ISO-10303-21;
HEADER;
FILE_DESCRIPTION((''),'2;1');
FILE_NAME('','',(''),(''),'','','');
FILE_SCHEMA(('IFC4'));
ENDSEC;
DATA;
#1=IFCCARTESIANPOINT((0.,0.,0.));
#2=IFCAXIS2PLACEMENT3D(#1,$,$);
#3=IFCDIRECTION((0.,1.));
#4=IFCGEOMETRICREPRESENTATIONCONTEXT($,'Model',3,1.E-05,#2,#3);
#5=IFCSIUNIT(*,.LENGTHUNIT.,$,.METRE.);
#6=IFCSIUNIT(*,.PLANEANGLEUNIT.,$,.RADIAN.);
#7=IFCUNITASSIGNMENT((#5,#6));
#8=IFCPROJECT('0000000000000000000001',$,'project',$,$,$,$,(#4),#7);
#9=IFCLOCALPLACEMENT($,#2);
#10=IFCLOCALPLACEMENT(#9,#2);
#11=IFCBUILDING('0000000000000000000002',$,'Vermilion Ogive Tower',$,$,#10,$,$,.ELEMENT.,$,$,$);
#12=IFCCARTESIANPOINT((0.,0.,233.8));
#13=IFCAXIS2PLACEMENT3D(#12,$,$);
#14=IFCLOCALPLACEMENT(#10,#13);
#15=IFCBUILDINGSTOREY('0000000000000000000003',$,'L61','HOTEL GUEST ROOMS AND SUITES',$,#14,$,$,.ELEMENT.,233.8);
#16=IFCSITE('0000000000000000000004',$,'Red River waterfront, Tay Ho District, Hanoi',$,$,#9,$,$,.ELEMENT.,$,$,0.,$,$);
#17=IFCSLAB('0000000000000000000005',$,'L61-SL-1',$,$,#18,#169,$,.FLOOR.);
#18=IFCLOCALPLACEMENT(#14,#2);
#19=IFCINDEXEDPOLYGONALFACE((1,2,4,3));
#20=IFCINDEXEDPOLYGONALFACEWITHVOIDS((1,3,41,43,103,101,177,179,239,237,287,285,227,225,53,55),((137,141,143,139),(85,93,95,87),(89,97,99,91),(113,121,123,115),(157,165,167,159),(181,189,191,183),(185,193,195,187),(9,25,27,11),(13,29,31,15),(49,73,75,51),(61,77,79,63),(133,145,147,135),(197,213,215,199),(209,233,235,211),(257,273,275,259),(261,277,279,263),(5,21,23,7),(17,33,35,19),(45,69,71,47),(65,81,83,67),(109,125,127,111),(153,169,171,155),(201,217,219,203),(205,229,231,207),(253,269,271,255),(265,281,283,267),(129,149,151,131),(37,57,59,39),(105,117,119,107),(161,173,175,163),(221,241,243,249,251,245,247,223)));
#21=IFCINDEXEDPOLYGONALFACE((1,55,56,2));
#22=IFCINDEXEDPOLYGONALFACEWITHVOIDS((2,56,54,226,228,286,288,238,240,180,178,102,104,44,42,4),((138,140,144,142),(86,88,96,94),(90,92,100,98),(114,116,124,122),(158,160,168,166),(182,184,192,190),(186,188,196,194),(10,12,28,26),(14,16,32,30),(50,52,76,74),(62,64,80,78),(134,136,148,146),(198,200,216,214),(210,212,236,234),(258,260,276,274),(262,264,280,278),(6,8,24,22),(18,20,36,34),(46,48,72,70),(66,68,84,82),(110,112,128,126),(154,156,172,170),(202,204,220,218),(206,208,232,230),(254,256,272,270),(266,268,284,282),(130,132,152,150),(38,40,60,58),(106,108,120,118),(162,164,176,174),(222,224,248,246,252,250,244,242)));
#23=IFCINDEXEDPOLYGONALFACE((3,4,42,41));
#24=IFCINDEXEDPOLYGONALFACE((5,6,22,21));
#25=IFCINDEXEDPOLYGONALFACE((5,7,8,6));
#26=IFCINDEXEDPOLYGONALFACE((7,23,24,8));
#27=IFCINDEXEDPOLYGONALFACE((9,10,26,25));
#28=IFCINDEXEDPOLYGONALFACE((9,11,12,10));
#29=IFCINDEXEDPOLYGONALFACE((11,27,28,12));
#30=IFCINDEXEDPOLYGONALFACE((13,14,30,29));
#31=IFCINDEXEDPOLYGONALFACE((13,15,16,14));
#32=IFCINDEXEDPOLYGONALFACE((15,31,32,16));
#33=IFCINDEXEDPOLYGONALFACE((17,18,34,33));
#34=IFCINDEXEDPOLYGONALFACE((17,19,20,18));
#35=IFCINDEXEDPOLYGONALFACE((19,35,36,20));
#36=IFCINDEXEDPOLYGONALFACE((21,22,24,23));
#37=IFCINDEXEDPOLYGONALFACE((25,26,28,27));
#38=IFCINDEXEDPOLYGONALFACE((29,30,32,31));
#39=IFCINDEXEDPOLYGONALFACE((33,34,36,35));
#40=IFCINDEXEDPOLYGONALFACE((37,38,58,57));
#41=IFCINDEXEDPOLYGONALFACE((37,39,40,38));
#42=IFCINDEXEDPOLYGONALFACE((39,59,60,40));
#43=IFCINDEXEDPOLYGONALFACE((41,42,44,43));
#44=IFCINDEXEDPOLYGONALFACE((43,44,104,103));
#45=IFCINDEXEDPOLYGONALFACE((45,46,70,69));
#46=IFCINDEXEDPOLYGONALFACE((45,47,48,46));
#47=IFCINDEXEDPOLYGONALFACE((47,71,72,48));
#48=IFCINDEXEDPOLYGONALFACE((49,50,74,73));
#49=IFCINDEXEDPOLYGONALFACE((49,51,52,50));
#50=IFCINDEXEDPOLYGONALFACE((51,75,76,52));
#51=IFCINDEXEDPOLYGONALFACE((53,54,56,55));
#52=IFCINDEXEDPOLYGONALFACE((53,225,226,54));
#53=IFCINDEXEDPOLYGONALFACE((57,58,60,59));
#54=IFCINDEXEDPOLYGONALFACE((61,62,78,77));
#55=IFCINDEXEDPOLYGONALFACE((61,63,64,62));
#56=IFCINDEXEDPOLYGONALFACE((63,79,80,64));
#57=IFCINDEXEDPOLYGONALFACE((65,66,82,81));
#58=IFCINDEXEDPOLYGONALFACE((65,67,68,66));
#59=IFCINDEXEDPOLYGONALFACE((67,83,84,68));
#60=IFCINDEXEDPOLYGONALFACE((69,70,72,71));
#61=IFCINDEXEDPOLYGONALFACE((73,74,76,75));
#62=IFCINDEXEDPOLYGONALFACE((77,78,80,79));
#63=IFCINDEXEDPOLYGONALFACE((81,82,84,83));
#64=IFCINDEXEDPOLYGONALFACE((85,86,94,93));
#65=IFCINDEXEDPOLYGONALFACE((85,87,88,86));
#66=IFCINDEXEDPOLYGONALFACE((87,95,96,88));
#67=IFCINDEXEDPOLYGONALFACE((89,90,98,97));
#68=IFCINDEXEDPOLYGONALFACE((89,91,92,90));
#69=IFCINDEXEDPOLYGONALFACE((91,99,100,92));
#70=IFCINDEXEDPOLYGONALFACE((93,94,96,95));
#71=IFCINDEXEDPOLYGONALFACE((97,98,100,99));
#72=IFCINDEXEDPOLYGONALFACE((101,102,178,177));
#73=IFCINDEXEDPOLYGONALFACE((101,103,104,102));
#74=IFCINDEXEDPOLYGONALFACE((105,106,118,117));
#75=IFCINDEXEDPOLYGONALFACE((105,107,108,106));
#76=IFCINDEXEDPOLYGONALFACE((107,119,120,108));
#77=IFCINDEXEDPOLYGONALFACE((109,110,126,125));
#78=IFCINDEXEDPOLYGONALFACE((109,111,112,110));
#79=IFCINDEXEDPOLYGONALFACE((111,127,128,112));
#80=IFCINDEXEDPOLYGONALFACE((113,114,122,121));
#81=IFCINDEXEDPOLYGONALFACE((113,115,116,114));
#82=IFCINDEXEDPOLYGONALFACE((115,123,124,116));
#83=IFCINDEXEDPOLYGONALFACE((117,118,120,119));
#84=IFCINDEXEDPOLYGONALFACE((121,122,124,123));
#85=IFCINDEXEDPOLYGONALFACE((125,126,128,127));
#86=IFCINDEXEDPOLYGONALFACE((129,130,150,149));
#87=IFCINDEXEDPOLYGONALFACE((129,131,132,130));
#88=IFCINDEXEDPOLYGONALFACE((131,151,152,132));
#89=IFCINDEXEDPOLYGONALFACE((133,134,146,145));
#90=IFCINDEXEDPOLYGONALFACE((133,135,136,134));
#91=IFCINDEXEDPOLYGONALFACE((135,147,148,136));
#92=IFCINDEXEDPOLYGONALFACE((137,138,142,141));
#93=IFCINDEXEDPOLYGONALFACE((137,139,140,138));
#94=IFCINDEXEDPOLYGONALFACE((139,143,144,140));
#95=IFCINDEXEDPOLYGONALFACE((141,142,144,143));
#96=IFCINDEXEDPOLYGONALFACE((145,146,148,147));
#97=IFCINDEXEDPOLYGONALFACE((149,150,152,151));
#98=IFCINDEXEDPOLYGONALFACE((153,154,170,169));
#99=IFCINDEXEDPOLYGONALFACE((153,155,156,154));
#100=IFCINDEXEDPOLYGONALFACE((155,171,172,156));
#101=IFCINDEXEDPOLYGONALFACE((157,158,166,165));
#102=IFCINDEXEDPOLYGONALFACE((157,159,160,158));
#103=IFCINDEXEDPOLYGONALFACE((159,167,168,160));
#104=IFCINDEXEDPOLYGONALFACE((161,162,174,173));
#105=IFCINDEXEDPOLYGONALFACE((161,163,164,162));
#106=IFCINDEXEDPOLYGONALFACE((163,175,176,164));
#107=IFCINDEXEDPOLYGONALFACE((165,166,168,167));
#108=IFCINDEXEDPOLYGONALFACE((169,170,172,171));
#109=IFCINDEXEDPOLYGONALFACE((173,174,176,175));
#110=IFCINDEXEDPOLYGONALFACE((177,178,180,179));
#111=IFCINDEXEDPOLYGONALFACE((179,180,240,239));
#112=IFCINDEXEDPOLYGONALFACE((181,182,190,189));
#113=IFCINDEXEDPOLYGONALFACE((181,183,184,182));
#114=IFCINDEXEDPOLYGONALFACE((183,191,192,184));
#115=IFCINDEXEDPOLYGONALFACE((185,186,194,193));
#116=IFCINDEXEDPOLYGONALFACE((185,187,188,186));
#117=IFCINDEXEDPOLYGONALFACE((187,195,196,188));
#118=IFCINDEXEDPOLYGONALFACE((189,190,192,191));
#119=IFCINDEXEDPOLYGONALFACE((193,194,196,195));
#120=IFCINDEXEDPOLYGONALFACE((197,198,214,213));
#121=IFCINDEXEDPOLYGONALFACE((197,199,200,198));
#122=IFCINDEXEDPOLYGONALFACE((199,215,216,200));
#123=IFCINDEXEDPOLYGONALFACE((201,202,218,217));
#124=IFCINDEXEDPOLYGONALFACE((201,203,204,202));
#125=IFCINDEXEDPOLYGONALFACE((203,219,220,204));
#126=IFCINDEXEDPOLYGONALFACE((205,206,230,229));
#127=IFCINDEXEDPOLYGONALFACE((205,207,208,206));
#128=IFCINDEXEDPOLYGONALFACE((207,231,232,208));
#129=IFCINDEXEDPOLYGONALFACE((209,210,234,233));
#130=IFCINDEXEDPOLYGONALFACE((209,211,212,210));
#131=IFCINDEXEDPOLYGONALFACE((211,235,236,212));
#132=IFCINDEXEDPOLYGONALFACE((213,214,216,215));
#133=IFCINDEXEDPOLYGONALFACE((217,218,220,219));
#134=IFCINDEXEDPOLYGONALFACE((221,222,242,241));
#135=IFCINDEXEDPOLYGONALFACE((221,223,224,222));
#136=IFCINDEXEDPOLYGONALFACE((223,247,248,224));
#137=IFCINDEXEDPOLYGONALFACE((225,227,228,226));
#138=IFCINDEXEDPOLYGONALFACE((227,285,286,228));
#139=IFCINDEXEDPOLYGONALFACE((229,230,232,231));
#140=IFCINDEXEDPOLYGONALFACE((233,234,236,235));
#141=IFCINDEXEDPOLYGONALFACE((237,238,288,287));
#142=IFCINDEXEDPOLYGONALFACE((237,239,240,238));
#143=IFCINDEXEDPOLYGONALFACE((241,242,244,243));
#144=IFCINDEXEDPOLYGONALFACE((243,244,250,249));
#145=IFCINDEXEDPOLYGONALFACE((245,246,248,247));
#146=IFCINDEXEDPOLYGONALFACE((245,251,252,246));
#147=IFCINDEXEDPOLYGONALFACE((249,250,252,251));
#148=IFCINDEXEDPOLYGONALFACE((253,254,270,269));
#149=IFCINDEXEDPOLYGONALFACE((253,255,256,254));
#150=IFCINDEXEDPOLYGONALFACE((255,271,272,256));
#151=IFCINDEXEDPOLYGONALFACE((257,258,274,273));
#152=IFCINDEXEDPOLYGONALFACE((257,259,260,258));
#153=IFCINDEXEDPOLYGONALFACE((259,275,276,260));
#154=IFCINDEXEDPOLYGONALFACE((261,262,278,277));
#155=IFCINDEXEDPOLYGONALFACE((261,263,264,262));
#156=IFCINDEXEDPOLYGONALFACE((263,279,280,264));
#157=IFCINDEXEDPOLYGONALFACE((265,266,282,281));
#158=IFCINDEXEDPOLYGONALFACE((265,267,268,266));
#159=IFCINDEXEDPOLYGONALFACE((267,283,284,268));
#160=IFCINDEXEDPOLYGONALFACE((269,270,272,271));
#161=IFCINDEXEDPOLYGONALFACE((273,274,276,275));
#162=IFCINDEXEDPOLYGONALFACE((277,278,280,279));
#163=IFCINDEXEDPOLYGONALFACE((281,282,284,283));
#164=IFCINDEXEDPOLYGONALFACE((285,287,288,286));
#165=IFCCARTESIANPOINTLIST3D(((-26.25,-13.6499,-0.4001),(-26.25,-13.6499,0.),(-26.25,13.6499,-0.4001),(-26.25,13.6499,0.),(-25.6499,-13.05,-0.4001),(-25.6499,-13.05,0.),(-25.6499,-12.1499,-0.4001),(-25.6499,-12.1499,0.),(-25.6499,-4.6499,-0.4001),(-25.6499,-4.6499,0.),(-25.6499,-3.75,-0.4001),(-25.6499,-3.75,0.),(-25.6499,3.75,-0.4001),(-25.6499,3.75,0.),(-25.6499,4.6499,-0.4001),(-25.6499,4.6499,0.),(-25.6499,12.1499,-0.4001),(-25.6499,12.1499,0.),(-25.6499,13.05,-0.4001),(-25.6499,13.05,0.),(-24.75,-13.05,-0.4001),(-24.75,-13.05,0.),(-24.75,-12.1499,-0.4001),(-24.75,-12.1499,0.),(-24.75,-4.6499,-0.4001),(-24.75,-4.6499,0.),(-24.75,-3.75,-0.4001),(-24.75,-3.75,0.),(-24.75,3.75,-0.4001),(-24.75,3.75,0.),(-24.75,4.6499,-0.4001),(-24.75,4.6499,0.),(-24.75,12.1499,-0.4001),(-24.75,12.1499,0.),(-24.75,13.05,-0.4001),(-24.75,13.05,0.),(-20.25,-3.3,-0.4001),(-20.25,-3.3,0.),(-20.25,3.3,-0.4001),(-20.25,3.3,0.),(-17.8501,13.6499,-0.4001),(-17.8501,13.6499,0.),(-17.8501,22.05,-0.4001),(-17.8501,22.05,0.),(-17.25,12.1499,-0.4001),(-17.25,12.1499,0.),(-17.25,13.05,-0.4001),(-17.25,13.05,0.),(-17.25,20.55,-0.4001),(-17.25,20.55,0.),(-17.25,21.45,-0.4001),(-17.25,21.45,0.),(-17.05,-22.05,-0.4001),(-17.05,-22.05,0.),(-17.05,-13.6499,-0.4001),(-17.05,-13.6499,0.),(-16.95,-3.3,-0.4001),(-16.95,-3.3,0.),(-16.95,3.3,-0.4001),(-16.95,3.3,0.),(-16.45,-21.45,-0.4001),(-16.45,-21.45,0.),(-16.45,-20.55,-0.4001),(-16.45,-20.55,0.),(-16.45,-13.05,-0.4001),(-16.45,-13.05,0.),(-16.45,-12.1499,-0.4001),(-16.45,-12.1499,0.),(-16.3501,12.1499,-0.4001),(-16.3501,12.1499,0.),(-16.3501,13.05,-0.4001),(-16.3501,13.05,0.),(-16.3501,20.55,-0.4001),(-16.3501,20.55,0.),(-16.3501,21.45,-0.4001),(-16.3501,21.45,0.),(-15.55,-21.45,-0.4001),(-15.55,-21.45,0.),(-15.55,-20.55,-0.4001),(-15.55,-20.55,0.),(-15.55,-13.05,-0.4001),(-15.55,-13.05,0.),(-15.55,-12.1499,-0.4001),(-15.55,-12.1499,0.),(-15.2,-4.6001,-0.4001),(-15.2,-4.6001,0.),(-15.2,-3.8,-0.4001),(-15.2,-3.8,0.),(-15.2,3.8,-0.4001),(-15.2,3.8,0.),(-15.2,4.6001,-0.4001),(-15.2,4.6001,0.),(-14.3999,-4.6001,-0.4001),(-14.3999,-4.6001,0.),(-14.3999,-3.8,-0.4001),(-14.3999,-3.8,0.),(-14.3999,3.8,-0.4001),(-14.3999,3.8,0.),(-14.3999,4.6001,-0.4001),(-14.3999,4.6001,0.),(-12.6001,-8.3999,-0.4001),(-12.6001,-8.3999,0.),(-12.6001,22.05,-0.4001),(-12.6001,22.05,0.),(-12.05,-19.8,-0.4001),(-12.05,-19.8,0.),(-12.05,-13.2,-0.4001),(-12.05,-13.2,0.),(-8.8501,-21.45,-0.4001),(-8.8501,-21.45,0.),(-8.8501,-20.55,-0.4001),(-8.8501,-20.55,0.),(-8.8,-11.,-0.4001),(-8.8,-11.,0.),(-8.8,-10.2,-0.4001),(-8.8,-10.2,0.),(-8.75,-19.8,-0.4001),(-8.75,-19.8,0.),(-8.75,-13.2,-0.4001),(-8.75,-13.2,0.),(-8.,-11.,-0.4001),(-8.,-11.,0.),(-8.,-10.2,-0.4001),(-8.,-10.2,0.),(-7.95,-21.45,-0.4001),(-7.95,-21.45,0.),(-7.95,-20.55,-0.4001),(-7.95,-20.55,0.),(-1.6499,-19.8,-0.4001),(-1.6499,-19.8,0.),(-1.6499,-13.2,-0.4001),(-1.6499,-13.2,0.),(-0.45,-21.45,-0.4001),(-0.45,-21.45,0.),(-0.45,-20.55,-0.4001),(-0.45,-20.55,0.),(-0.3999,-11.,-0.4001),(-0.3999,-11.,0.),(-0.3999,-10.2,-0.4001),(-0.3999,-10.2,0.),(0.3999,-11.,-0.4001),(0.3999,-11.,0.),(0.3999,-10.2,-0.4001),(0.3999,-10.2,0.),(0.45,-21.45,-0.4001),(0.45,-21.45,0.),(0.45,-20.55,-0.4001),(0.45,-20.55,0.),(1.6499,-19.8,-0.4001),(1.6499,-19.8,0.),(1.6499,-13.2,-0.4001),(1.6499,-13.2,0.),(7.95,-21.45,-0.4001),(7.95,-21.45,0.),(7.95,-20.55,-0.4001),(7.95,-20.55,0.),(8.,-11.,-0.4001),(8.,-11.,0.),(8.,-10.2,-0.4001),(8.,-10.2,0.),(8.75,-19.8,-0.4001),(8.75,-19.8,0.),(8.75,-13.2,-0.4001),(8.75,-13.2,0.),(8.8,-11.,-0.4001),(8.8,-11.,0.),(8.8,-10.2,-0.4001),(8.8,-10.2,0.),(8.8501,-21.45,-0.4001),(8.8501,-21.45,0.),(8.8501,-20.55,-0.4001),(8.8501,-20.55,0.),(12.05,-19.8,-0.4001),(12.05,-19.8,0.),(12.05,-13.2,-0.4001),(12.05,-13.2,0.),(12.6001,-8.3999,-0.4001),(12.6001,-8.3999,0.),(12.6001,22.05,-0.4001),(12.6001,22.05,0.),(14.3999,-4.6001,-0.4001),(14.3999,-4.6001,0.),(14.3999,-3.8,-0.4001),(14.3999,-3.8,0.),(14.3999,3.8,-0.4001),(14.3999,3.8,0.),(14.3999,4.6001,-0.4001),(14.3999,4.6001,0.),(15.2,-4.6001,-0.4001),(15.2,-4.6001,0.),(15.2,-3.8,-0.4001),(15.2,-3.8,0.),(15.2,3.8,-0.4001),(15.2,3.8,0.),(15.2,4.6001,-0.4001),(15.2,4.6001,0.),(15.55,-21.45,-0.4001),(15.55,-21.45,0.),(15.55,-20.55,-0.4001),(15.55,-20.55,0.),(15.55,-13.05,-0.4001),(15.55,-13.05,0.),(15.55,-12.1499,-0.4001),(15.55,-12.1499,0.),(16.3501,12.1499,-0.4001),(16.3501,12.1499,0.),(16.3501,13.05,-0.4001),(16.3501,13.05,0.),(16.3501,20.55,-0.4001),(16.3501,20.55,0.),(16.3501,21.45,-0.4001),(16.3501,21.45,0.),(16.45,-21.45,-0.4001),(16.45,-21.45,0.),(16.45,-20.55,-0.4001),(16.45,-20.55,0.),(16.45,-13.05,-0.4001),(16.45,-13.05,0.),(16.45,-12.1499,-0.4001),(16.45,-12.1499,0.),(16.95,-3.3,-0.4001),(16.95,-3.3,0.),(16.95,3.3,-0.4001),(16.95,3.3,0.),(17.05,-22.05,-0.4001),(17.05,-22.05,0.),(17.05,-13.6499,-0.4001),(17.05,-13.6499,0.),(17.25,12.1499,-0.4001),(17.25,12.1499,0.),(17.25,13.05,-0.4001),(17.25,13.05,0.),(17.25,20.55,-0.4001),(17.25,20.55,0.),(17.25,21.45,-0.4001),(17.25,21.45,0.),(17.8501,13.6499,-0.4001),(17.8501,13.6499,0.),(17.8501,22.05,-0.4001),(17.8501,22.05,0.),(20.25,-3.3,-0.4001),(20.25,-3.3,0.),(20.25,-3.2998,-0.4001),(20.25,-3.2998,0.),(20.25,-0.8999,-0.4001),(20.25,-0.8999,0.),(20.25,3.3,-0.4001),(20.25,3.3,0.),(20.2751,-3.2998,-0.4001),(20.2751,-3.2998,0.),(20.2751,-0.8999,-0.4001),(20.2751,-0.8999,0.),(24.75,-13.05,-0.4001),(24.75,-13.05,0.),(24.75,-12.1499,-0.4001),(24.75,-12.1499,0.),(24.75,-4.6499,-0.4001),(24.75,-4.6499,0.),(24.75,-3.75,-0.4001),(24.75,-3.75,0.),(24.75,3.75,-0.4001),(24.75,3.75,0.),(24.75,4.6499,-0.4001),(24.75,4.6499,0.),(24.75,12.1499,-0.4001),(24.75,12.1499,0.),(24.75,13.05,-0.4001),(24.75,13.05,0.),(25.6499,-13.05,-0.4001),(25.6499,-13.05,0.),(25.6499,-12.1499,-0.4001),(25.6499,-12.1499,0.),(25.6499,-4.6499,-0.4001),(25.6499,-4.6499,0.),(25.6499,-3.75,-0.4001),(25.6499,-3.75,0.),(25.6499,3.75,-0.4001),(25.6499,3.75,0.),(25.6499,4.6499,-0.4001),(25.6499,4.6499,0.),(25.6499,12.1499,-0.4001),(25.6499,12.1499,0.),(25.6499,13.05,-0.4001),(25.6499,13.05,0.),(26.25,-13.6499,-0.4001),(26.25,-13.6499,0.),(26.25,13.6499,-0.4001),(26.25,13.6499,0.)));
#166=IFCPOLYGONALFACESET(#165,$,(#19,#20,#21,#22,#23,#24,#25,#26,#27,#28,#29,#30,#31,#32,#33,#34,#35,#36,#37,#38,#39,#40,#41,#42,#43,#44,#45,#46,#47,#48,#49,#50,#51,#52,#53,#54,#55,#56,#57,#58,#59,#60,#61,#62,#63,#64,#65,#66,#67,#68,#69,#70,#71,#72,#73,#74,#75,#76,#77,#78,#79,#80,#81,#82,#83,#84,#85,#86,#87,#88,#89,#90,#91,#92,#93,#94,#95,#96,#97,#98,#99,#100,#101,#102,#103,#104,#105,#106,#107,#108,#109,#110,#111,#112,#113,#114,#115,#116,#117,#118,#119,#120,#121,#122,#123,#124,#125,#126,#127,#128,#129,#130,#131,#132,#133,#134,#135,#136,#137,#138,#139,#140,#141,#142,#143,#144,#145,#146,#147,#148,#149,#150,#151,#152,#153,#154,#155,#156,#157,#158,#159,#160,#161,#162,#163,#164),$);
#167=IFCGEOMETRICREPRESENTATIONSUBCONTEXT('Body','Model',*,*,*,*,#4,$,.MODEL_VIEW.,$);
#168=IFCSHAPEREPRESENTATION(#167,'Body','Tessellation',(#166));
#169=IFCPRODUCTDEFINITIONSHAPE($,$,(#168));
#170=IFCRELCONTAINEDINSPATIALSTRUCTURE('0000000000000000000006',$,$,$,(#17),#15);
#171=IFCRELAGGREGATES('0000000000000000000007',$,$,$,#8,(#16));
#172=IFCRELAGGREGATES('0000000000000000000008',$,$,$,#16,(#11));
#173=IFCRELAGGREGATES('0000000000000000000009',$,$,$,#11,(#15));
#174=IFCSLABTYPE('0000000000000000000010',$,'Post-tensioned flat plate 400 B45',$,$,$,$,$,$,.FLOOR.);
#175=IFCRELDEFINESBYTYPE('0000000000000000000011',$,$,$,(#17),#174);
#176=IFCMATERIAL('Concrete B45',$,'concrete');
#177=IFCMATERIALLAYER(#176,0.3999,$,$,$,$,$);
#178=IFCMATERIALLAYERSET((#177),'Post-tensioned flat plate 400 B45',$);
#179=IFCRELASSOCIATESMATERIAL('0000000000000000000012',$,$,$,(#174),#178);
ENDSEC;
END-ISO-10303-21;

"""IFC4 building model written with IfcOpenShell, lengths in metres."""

from ifc_helpers import new_model, si_unit, direction, frame, origin, place, context, subcontext, project, spatial, polyline, outline, extrude, material, layer, layer_set, type_object, element, save


model = new_model("IFC4")

# Units and contexts
model_context = context("Model", 3, precision=1e-05, world=origin(), true_north=direction((0.0, 1.0)))
body_context = subcontext(model_context, "Body", "Model", "MODEL_VIEW")
ifc_project = project(units=[si_unit("LENGTHUNIT", "METRE"), si_unit("PLANEANGLEUNIT", "RADIAN")], contexts=[model_context])

# Site, building, storey
site_placement = place(None, origin())
site = spatial("IfcSite", under=ifc_project, at=site_placement, Name="Red River waterfront, Tay Ho District, Hanoi", CompositionType="ELEMENT", RefElevation=0.0)
building_placement = place(site_placement, origin())
building = spatial("IfcBuilding", under=site, at=building_placement, Name="Vermilion Ogive Tower", CompositionType="ELEMENT")
storey_placement = place(building_placement, frame((0.0, 0.0, 233.8)))
storey = spatial("IfcBuildingStorey", under=building, at=storey_placement, Name="L61", Description="HOTEL GUEST ROOMS AND SUITES", CompositionType="ELEMENT", Elevation=233.8)

# Slab
ifc_material_1 = material(Name="Concrete B45", Category="concrete")
ifc_layer_1 = layer(ifc_material_1, 0.3999)
ifc_layer_set_1 = layer_set([ifc_layer_1], Name="Post-tensioned flat plate 400 B45")
slab_type_1 = type_object("IfcSlabType", Name="Post-tensioned flat plate 400 B45", PredefinedType="FLOOR", material=ifc_layer_set_1)
slab_1_placement = place(storey_placement, frame((0.0, 0.0, -0.4001)))
element("IfcSlab", 1, at=slab_1_placement, inside=storey, type_object=slab_type_1, Name="L61-SL-1", PredefinedType="FLOOR", context=body_context, shape_type="SweptSolid", body=[
    extrude(outline(polyline([(-26.25, -13.6499), (-17.05, -13.6499), (-17.05, -22.05), (17.05, -22.05), (17.05, -13.6499), (26.25, -13.6499), (26.25, 13.6499), (17.8501, 13.6499), (17.8501, 22.05), (12.6001, 22.05), (12.6001, -8.3999), (-12.6001, -8.3999), (-12.6001, 22.05), (-17.8501, 22.05), (-17.8501, 13.6499), (-26.25, 13.6499), (-26.25, -13.6499)]), holes=[polyline([(25.6499, -3.75), (25.6499, -4.6499), (24.75, -4.6499), (24.75, -3.75), (25.6499, -3.75)]), polyline([(25.6499, -12.1499), (25.6499, -13.05), (24.75, -13.05), (24.75, -12.1499), (25.6499, -12.1499)]), polyline([(25.6499, 12.1499), (24.75, 12.1499), (24.75, 13.05), (25.6499, 13.05), (25.6499, 12.1499)]), polyline([(25.6499, 3.75), (24.75, 3.75), (24.75, 4.6499), (25.6499, 4.6499), (25.6499, 3.75)]), polyline([(20.25, -3.2998), (20.25, -3.3), (16.95, -3.3), (16.95, 3.3), (20.25, 3.3), (20.25, -0.8999), (20.2751, -0.8999), (20.2751, -3.2998), (20.25, -3.2998)]), polyline([(17.25, 13.05), (17.25, 12.1499), (16.3501, 12.1499), (16.3501, 13.05), (17.25, 13.05)]), polyline([(17.25, 20.55), (16.3501, 20.55), (16.3501, 21.45), (17.25, 21.45), (17.25, 20.55)]), polyline([(16.45, -12.1499), (16.45, -13.05), (15.55, -13.05), (15.55, -12.1499), (16.45, -12.1499)]), polyline([(16.45, -20.55), (16.45, -21.45), (15.55, -21.45), (15.55, -20.55), (16.45, -20.55)]), polyline([(15.2, 4.6001), (15.2, 3.8), (14.3999, 3.8), (14.3999, 4.6001), (15.2, 4.6001)]), polyline([(15.2, -4.6001), (14.3999, -4.6001), (14.3999, -3.8), (15.2, -3.8), (15.2, -4.6001)]), polyline([(12.05, -13.2), (12.05, -19.8), (8.75, -19.8), (8.75, -13.2), (12.05, -13.2)]), polyline([(8.8501, -20.55), (8.8501, -21.45), (7.95, -21.45), (7.95, -20.55), (8.8501, -20.55)]), polyline([(8.8, -11.0), (8.0, -11.0), (8.0, -10.2), (8.8, -10.2), (8.8, -11.0)]), polyline([(1.6499, -13.2), (1.6499, -19.8), (-1.6499, -19.8), (-1.6499, -13.2), (1.6499, -13.2)]), polyline([(0.45, -20.55), (0.45, -21.45), (-0.45, -21.45), (-0.45, -20.55), (0.45, -20.55)]), polyline([(0.3999, -10.2), (0.3999, -11.0), (-0.3999, -11.0), (-0.3999, -10.2), (0.3999, -10.2)]), polyline([(-7.95, -20.55), (-7.95, -21.45), (-8.8501, -21.45), (-8.8501, -20.55), (-7.95, -20.55)]), polyline([(-8.0, -10.2), (-8.0, -11.0), (-8.8, -11.0), (-8.8, -10.2), (-8.0, -10.2)]), polyline([(-8.75, -13.2), (-8.75, -19.8), (-12.05, -19.8), (-12.05, -13.2), (-8.75, -13.2)]), polyline([(-14.3999, 4.6001), (-14.3999, 3.8), (-15.2, 3.8), (-15.2, 4.6001), (-14.3999, 4.6001)]), polyline([(-14.3999, -4.6001), (-15.2, -4.6001), (-15.2, -3.8), (-14.3999, -3.8), (-14.3999, -4.6001)]), polyline([(-15.55, -12.1499), (-15.55, -13.05), (-16.45, -13.05), (-16.45, -12.1499), (-15.55, -12.1499)]), polyline([(-15.55, -20.55), (-15.55, -21.45), (-16.45, -21.45), (-16.45, -20.55), (-15.55, -20.55)]), polyline([(-16.3501, 13.05), (-16.3501, 12.1499), (-17.25, 12.1499), (-17.25, 13.05), (-16.3501, 13.05)]), polyline([(-16.3501, 20.55), (-17.25, 20.55), (-17.25, 21.45), (-16.3501, 21.45), (-16.3501, 20.55)]), polyline([(-16.95, 3.3), (-16.95, -3.3), (-20.25, -3.3), (-20.25, 3.3), (-16.95, 3.3)]), polyline([(-24.75, 3.75), (-25.6499, 3.75), (-25.6499, 4.6499), (-24.75, 4.6499), (-24.75, 3.75)]), polyline([(-24.75, 13.05), (-24.75, 12.1499), (-25.6499, 12.1499), (-25.6499, 13.05), (-24.75, 13.05)]), polyline([(-24.75, -3.75), (-24.75, -4.6499), (-25.6499, -4.6499), (-25.6499, -3.75), (-24.75, -3.75)]), polyline([(-24.75, -12.1499), (-24.75, -13.05), (-25.6499, -13.05), (-25.6499, -12.1499), (-24.75, -12.1499)])]), origin(), (0.0, 0.0, 1.0), 0.4001),
])

save(model, "model.ifc")
